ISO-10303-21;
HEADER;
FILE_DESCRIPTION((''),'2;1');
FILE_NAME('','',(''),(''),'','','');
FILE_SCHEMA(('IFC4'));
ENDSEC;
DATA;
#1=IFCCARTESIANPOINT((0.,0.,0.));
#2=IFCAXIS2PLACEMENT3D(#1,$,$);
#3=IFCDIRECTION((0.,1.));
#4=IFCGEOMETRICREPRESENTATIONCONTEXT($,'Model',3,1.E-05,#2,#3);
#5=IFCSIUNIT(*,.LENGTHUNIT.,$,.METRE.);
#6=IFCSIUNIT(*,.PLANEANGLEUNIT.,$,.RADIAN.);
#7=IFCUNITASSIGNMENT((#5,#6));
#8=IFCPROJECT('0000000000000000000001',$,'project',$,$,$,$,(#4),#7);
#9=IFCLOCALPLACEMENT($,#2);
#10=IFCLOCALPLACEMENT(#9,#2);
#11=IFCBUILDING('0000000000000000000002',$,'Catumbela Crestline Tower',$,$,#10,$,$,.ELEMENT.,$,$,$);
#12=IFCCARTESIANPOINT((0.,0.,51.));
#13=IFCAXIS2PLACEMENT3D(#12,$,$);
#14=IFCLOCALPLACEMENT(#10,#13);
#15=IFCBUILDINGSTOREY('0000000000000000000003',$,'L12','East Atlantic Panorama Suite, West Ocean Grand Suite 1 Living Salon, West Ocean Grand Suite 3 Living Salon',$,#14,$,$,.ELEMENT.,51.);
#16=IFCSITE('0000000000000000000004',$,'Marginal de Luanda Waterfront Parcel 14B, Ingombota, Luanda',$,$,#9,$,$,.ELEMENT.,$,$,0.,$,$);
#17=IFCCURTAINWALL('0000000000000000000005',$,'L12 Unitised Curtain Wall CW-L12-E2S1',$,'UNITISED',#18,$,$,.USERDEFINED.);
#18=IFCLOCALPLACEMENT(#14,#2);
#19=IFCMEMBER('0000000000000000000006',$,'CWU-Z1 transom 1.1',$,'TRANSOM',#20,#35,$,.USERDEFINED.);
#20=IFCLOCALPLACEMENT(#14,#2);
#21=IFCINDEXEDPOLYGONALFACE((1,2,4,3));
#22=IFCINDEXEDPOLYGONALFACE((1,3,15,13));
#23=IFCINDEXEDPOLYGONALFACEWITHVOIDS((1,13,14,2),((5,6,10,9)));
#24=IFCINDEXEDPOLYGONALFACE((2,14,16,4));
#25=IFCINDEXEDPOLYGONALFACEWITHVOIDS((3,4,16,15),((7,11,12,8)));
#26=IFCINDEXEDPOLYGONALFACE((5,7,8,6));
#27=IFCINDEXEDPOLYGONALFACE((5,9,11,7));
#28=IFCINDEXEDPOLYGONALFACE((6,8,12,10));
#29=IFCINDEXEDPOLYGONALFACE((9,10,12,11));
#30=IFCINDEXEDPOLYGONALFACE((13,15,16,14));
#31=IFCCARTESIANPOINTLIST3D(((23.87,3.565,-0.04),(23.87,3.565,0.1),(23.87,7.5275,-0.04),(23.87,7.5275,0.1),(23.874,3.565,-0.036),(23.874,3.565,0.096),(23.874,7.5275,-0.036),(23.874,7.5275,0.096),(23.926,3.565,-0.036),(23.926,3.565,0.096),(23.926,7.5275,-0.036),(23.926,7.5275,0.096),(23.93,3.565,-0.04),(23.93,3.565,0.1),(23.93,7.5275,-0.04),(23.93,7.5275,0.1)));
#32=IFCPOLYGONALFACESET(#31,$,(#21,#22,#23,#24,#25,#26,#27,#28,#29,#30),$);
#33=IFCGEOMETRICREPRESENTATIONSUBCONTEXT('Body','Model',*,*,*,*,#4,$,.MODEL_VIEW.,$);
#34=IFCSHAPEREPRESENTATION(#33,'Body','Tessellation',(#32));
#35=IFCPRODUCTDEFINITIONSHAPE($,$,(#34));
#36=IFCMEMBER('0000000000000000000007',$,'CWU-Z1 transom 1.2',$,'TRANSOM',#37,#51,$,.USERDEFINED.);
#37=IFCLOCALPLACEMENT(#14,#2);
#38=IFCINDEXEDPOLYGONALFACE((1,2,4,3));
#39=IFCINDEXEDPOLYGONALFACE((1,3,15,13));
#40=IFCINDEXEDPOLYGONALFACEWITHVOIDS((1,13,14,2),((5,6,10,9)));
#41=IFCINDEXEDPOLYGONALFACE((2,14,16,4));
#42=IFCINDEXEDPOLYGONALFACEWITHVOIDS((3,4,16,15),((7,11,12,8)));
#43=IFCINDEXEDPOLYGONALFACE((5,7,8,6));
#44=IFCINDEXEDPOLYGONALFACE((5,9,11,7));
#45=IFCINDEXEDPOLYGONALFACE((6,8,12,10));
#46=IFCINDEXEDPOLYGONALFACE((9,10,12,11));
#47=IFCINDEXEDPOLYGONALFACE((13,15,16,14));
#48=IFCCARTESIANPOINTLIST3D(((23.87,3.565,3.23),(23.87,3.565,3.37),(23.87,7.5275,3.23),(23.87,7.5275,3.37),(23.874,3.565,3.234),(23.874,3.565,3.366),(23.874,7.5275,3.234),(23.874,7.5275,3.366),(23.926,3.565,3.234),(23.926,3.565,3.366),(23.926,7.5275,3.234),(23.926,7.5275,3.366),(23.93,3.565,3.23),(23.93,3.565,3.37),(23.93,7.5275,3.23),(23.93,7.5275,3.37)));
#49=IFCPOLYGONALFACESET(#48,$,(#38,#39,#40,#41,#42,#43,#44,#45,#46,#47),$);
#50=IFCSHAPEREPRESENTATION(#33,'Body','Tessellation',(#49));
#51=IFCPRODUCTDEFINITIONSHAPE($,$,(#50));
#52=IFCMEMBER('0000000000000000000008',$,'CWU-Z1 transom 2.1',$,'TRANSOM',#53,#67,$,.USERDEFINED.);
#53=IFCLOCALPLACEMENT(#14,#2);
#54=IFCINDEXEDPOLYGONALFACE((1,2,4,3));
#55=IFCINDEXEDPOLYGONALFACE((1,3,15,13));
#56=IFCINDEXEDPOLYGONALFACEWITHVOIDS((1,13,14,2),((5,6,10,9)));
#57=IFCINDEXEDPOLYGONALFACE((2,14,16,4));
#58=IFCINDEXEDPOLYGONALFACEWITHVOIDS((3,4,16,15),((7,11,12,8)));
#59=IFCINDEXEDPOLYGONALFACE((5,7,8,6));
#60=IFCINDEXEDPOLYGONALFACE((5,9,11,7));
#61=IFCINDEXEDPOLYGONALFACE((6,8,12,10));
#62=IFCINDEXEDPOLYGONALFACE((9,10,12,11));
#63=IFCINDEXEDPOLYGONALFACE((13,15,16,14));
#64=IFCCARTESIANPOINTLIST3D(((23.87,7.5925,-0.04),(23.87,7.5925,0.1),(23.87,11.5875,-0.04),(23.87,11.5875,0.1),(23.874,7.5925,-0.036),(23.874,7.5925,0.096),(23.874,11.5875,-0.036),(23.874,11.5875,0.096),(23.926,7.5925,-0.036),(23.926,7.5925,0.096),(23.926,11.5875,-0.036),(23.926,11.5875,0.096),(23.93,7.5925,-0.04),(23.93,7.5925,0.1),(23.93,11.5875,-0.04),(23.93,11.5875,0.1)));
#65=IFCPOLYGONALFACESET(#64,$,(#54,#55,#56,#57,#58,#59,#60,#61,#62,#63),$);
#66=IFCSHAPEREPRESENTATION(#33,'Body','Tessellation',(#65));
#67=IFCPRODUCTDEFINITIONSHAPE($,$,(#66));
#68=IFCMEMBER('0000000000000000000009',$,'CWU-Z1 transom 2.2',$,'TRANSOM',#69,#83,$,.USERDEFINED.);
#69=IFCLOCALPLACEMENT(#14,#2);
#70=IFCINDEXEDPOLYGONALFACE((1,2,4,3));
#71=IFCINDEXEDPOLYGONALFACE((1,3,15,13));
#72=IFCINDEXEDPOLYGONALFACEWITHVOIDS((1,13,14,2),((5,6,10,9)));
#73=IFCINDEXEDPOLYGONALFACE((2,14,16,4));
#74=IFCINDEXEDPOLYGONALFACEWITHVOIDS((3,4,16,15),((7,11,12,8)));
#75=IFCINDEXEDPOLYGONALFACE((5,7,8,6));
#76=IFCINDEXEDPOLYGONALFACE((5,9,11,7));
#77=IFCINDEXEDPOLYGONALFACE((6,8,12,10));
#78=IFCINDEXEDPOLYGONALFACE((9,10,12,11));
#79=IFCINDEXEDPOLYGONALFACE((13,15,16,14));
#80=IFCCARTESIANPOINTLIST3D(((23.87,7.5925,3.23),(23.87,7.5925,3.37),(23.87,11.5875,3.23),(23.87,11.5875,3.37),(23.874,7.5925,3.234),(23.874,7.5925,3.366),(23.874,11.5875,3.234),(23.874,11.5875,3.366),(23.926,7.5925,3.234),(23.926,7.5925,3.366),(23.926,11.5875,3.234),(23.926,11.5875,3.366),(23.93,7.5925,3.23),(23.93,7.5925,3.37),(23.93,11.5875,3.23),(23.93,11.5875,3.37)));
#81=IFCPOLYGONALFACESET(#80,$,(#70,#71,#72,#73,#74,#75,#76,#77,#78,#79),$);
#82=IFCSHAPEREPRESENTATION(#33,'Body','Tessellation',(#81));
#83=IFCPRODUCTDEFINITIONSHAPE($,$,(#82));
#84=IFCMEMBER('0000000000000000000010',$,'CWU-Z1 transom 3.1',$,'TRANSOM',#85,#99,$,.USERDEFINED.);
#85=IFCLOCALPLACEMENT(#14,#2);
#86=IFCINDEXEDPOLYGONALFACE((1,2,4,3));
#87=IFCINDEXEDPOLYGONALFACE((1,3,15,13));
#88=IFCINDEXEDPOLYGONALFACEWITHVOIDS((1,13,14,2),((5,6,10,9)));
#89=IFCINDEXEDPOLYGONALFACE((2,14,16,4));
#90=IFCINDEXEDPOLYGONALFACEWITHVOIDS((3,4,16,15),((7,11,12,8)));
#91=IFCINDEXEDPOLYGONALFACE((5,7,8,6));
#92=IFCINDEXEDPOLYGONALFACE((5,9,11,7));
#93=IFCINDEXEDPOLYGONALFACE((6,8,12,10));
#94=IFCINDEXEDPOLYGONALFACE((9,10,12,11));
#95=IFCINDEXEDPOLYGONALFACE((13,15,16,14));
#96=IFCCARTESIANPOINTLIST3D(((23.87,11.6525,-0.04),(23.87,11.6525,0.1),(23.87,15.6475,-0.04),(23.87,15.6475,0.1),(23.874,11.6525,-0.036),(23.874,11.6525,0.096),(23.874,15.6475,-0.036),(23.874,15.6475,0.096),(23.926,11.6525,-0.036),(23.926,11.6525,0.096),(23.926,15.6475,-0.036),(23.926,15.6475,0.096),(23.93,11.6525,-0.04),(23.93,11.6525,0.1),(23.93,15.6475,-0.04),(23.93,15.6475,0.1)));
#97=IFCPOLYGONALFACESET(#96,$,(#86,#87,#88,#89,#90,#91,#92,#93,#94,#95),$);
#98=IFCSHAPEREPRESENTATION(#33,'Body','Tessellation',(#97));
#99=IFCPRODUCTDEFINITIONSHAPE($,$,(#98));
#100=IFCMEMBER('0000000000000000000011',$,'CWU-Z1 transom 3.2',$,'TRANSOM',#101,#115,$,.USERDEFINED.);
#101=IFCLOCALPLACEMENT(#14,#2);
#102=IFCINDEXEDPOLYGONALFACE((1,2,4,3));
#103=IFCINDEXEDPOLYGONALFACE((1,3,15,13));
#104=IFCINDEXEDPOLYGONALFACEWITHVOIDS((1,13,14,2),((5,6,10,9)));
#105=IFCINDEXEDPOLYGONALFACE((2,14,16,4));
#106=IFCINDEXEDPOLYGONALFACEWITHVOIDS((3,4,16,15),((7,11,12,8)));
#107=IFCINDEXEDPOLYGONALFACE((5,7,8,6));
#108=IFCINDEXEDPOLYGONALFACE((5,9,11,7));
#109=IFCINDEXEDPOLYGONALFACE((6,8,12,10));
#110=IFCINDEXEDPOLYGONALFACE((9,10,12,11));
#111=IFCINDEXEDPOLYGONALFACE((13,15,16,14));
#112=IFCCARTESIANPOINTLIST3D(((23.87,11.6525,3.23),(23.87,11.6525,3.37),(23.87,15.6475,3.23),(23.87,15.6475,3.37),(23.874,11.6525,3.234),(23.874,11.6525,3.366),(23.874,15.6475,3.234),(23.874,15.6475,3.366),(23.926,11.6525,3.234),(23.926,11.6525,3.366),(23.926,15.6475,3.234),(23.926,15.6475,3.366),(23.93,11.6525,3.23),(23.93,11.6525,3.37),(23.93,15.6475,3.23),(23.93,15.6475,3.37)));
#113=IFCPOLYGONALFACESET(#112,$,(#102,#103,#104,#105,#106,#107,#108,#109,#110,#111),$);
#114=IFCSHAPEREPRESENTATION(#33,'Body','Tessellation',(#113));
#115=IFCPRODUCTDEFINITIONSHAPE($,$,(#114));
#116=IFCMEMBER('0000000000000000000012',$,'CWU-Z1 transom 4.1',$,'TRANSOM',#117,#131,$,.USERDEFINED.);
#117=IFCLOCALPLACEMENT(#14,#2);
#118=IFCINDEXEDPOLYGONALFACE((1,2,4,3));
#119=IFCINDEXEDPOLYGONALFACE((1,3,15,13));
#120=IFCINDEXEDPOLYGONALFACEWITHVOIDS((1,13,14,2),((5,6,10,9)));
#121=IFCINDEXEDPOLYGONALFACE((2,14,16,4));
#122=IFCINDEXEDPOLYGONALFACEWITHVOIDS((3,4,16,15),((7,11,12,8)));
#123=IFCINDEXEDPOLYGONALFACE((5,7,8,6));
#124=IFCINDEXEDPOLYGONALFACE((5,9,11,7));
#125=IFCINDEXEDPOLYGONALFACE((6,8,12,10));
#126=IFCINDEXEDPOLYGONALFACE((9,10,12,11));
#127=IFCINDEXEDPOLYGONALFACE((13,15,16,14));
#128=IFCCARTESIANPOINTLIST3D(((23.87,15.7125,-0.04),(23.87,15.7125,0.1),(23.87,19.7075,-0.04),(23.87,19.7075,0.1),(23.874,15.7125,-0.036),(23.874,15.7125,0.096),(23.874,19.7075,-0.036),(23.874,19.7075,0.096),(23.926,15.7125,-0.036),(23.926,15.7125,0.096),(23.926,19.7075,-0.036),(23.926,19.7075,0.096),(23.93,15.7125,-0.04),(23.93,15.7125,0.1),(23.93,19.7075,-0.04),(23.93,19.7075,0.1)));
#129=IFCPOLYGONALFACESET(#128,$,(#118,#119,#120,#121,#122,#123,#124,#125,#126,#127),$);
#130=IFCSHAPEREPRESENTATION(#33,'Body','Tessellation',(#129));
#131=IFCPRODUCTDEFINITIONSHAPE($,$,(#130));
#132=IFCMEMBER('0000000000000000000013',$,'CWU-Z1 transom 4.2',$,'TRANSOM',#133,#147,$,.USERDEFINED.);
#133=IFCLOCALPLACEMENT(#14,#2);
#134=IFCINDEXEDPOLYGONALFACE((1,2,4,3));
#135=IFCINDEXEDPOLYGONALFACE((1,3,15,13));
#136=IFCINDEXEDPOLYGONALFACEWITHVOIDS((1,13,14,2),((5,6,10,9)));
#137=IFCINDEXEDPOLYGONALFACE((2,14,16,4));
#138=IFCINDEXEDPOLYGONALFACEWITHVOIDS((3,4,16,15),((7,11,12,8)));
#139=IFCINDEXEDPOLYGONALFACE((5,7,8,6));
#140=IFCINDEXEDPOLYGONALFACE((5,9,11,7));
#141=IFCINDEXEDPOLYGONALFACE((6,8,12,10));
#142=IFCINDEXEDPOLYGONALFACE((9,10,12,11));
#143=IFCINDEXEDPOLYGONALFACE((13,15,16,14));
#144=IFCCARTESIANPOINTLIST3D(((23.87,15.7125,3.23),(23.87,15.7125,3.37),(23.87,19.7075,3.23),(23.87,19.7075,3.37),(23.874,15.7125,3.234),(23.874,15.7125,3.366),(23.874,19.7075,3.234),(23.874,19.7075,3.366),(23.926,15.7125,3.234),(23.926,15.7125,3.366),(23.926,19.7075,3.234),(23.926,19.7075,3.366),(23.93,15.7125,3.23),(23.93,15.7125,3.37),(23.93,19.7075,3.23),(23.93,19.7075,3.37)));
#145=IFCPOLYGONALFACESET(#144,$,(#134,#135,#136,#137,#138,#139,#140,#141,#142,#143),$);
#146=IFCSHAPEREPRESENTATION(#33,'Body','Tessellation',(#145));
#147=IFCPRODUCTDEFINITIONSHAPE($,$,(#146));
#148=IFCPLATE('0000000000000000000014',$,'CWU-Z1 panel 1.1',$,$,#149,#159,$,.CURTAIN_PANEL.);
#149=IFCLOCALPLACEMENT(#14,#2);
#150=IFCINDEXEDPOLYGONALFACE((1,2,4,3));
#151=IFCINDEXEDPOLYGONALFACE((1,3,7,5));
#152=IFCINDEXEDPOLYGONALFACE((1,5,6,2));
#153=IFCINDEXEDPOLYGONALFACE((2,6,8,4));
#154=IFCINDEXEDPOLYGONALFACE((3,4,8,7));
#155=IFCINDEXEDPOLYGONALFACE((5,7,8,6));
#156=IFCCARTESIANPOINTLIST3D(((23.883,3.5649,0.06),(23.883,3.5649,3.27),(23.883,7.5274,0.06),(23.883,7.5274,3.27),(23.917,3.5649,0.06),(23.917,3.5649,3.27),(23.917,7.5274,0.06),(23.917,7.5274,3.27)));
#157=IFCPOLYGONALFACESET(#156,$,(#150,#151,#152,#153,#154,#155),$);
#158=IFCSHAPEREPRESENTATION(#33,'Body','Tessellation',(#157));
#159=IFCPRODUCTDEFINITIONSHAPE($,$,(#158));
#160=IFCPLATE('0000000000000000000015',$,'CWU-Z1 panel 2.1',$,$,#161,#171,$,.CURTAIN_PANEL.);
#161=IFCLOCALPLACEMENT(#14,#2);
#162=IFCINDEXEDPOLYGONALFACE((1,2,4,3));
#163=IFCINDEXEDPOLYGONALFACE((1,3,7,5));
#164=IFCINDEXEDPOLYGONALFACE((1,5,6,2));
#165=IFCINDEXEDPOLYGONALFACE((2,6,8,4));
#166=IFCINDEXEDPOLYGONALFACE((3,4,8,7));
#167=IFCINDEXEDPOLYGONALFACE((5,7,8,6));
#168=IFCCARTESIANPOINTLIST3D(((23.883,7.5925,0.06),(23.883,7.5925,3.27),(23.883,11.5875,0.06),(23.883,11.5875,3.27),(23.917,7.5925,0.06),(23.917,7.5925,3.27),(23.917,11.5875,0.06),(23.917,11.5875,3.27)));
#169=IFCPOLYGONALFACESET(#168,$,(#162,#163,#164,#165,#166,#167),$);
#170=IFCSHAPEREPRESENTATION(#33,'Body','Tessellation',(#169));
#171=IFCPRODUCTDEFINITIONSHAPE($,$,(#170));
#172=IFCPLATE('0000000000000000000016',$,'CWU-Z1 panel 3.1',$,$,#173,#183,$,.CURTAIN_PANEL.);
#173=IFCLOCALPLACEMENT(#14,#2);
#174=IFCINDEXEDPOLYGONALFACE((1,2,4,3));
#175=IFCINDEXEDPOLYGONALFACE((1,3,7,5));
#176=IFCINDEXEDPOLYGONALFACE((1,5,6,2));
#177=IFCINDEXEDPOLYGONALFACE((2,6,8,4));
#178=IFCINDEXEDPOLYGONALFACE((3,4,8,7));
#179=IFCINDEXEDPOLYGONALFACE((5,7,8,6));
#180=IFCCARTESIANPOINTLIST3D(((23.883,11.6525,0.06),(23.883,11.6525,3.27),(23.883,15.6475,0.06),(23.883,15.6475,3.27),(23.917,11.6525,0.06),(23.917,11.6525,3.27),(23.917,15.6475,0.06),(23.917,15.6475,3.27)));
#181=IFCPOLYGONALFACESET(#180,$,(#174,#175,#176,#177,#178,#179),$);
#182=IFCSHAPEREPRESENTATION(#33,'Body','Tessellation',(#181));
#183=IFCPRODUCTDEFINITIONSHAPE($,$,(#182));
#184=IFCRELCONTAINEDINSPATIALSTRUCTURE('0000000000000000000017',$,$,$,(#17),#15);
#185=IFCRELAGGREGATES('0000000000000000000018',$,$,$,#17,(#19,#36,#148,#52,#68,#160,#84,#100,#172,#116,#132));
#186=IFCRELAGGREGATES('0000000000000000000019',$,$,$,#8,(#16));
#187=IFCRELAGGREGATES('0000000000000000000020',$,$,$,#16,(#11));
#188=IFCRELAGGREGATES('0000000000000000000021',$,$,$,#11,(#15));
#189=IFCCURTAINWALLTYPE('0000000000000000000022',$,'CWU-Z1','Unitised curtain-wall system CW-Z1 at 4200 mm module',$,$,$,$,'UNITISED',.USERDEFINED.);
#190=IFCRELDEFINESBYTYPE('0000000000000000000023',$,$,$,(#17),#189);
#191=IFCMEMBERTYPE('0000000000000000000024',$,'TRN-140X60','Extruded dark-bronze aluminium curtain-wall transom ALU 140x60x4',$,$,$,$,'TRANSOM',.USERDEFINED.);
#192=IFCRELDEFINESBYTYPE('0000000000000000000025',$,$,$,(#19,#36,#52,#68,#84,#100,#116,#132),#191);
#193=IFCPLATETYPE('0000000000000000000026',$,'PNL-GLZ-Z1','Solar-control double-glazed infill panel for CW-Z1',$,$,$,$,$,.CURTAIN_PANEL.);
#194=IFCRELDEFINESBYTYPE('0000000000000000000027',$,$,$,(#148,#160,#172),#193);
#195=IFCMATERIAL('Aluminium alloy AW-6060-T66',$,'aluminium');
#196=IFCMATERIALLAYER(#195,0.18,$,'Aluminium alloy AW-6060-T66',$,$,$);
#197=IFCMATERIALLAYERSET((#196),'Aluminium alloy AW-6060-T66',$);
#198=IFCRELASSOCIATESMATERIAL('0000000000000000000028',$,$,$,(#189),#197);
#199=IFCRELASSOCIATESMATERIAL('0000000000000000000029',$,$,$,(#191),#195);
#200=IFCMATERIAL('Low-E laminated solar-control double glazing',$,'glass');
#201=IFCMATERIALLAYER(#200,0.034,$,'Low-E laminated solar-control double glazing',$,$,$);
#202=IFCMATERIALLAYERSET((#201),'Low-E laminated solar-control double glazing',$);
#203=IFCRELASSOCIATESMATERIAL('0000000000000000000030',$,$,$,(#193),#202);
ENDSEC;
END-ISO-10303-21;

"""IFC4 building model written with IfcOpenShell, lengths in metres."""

from ifc_helpers import new_model, si_unit, direction, frame, origin, origin_2d, place, context, subcontext, project, spatial, rectangle, hollow_rectangle, extrude, material, layer, layer_set, material_profile, profile_set, type_object, element, aggregate, save


model = new_model("IFC4")

# Units and contexts
model_context = context("Model", 3, precision=1e-05, world=origin(), true_north=direction((0.0, 1.0)))
body_context = subcontext(model_context, "Body", "Model", "MODEL_VIEW")
ifc_project = project(units=[si_unit("LENGTHUNIT", "METRE"), si_unit("PLANEANGLEUNIT", "RADIAN")], contexts=[model_context])

# Site, building, storey
site_placement = place(None, origin())
site = spatial("IfcSite", under=ifc_project, at=site_placement, Name="Marginal de Luanda Waterfront Parcel 14B, Ingombota, Luanda", CompositionType="ELEMENT", RefElevation=0.0)
building_placement = place(site_placement, origin())
building = spatial("IfcBuilding", under=site, at=building_placement, Name="Catumbela Crestline Tower", CompositionType="ELEMENT")
storey_placement = place(building_placement, frame((0.0, 0.0, 51.0)))
storey = spatial("IfcBuildingStorey", under=building, at=storey_placement, Name="L12", Description="East Atlantic Panorama Suite, West Ocean Grand Suite 1 Living Salon, West Ocean Grand Suite 3 Living Salon", CompositionType="ELEMENT", Elevation=51.0)

# Shared definitions
ifc_material_1 = material(Name="Aluminium alloy AW-6060-T66", Category="aluminium")
ifc_layer_1 = layer(ifc_material_1, 0.18, Name="Aluminium alloy AW-6060-T66")
ifc_layer_set_1 = layer_set([ifc_layer_1], Name="Aluminium alloy AW-6060-T66")
curtain_wall_type = type_object("IfcCurtainWallType", Name="CWU-Z1", Description="Unitised curtain-wall system CW-Z1 at 4200 mm module", ElementType="UNITISED", PredefinedType="USERDEFINED", material=ifc_layer_set_1)

# Curtain wall
curtain_wall_1_placement = place(storey_placement, origin())
curtain_wall_1 = element("IfcCurtainWall", 1, at=curtain_wall_1_placement, inside=storey, type_object=curtain_wall_type, Name="L12 Unitised Curtain Wall CW-L12-E2S1", ObjectType="UNITISED", PredefinedType="USERDEFINED")

# Members
ifc_material_profile_1 = material_profile(ifc_material_1, hollow_rectangle(XDim=0.06, YDim=0.14, WallThickness=0.004, at=origin_2d()), Name="ALU 140x60x4")
ifc_profile_set_1 = profile_set([ifc_material_profile_1], Name="Aluminium alloy AW-6060-T66")
member_type_1 = type_object("IfcMemberType", Name="TRN-140X60", Description="Extruded dark-bronze aluminium curtain-wall transom ALU 140x60x4", ElementType="TRANSOM", PredefinedType="USERDEFINED", material=ifc_profile_set_1)
member_1_placement = place(storey_placement, frame((23.9, 3.565, 0.03), z_axis=(0.0, 1.0, 0.0), x_axis=(-1.0, 0.0, 0.0)))
member_1 = element("IfcMember", 2, at=member_1_placement, type_object=member_type_1, Name="CWU-Z1 transom 1.1", ObjectType="TRANSOM", PredefinedType="USERDEFINED", context=body_context, shape_type="SweptSolid", body=[
    extrude(hollow_rectangle(XDim=0.06, YDim=0.14, WallThickness=0.004, at=origin_2d()), origin(), (0.0, 0.0, 1.0), 3.9625),
])
member_2_placement = place(storey_placement, frame((23.9, 3.565, 3.3), z_axis=(0.0, 1.0, 0.0), x_axis=(-1.0, 0.0, 0.0)))
member_2 = element("IfcMember", 3, at=member_2_placement, type_object=member_type_1, Name="CWU-Z1 transom 1.2", ObjectType="TRANSOM", PredefinedType="USERDEFINED", context=body_context, shape_type="SweptSolid", body=[
    extrude(hollow_rectangle(XDim=0.06, YDim=0.14, WallThickness=0.004, at=origin_2d()), origin(), (0.0, 0.0, 1.0), 3.9625),
])
member_3_placement = place(storey_placement, frame((23.9, 7.5925, 0.03), z_axis=(0.0, 1.0, 0.0), x_axis=(-1.0, 0.0, 0.0)))
member_3 = element("IfcMember", 4, at=member_3_placement, type_object=member_type_1, Name="CWU-Z1 transom 2.1", ObjectType="TRANSOM", PredefinedType="USERDEFINED", context=body_context, shape_type="SweptSolid", body=[
    extrude(hollow_rectangle(XDim=0.06, YDim=0.14, WallThickness=0.004, at=origin_2d()), origin(), (0.0, 0.0, 1.0), 3.995),
])
member_4_placement = place(storey_placement, frame((23.9, 7.5925, 3.3), z_axis=(0.0, 1.0, 0.0), x_axis=(-1.0, 0.0, 0.0)))
member_4 = element("IfcMember", 5, at=member_4_placement, type_object=member_type_1, Name="CWU-Z1 transom 2.2", ObjectType="TRANSOM", PredefinedType="USERDEFINED", context=body_context, shape_type="SweptSolid", body=[
    extrude(hollow_rectangle(XDim=0.06, YDim=0.14, WallThickness=0.004, at=origin_2d()), origin(), (0.0, 0.0, 1.0), 3.995),
])
member_5_placement = place(storey_placement, frame((23.9, 11.6525, 0.03), z_axis=(0.0, 1.0, 0.0), x_axis=(-1.0, 0.0, 0.0)))
member_5 = element("IfcMember", 6, at=member_5_placement, type_object=member_type_1, Name="CWU-Z1 transom 3.1", ObjectType="TRANSOM", PredefinedType="USERDEFINED", context=body_context, shape_type="SweptSolid", body=[
    extrude(hollow_rectangle(XDim=0.06, YDim=0.14, WallThickness=0.004, at=origin_2d()), origin(), (0.0, 0.0, 1.0), 3.995),
])
member_6_placement = place(storey_placement, frame((23.9, 11.6525, 3.3), z_axis=(0.0, 1.0, 0.0), x_axis=(-1.0, 0.0, 0.0)))
member_6 = element("IfcMember", 7, at=member_6_placement, type_object=member_type_1, Name="CWU-Z1 transom 3.2", ObjectType="TRANSOM", PredefinedType="USERDEFINED", context=body_context, shape_type="SweptSolid", body=[
    extrude(hollow_rectangle(XDim=0.06, YDim=0.14, WallThickness=0.004, at=origin_2d()), origin(), (0.0, 0.0, 1.0), 3.995),
])
member_7_placement = place(storey_placement, frame((23.9, 15.7125, 0.03), z_axis=(0.0, 1.0, 0.0), x_axis=(-1.0, 0.0, 0.0)))
member_7 = element("IfcMember", 8, at=member_7_placement, type_object=member_type_1, Name="CWU-Z1 transom 4.1", ObjectType="TRANSOM", PredefinedType="USERDEFINED", context=body_context, shape_type="SweptSolid", body=[
    extrude(hollow_rectangle(XDim=0.06, YDim=0.14, WallThickness=0.004, at=origin_2d()), origin(), (0.0, 0.0, 1.0), 3.995),
])
member_8_placement = place(storey_placement, frame((23.9, 15.7125, 3.3), z_axis=(0.0, 1.0, 0.0), x_axis=(-1.0, 0.0, 0.0)))
member_8 = element("IfcMember", 9, at=member_8_placement, type_object=member_type_1, Name="CWU-Z1 transom 4.2", ObjectType="TRANSOM", PredefinedType="USERDEFINED", context=body_context, shape_type="SweptSolid", body=[
    extrude(hollow_rectangle(XDim=0.06, YDim=0.14, WallThickness=0.004, at=origin_2d()), origin(), (0.0, 0.0, 1.0), 3.995),
])

# Plates
ifc_material_2 = material(Name="Low-E laminated solar-control double glazing", Category="glass")
ifc_layer_2 = layer(ifc_material_2, 0.034, Name="Low-E laminated solar-control double glazing")
ifc_layer_set_2 = layer_set([ifc_layer_2], Name="Low-E laminated solar-control double glazing")
plate_type = type_object("IfcPlateType", Name="PNL-GLZ-Z1", Description="Solar-control double-glazed infill panel for CW-Z1", PredefinedType="CURTAIN_PANEL", material=ifc_layer_set_2)
plate_1_placement = place(storey_placement, frame((23.9, 5.5462, 0.06), z_axis=(0.0, 0.0, 1.0), x_axis=(0.0, 1.0, 0.0)))
plate_1 = element("IfcPlate", 10, at=plate_1_placement, type_object=plate_type, Name="CWU-Z1 panel 1.1", PredefinedType="CURTAIN_PANEL", context=body_context, shape_type="SweptSolid", body=[
    extrude(rectangle(XDim=3.9625, YDim=0.034, at=origin_2d()), origin(), (0.0, 0.0, 1.0), 3.21),
])
plate_2_placement = place(storey_placement, frame((23.9, 9.59, 0.06), z_axis=(0.0, 0.0, 1.0), x_axis=(0.0, 1.0, 0.0)))
plate_2 = element("IfcPlate", 11, at=plate_2_placement, type_object=plate_type, Name="CWU-Z1 panel 2.1", PredefinedType="CURTAIN_PANEL", context=body_context, shape_type="SweptSolid", body=[
    extrude(rectangle(XDim=3.995, YDim=0.034, at=origin_2d()), origin(), (0.0, 0.0, 1.0), 3.21),
])
plate_3_placement = place(storey_placement, frame((23.9, 13.65, 0.06), z_axis=(0.0, 0.0, 1.0), x_axis=(0.0, 1.0, 0.0)))
plate_3 = element("IfcPlate", 12, at=plate_3_placement, type_object=plate_type, Name="CWU-Z1 panel 3.1", PredefinedType="CURTAIN_PANEL", context=body_context, shape_type="SweptSolid", body=[
    extrude(rectangle(XDim=3.995, YDim=0.034, at=origin_2d()), origin(), (0.0, 0.0, 1.0), 3.21),
])
aggregate(curtain_wall_1, [member_1, member_2, plate_1, member_3, member_4, plate_2, member_5, member_6, plate_3, member_7, member_8])

save(model, "model.ifc")
